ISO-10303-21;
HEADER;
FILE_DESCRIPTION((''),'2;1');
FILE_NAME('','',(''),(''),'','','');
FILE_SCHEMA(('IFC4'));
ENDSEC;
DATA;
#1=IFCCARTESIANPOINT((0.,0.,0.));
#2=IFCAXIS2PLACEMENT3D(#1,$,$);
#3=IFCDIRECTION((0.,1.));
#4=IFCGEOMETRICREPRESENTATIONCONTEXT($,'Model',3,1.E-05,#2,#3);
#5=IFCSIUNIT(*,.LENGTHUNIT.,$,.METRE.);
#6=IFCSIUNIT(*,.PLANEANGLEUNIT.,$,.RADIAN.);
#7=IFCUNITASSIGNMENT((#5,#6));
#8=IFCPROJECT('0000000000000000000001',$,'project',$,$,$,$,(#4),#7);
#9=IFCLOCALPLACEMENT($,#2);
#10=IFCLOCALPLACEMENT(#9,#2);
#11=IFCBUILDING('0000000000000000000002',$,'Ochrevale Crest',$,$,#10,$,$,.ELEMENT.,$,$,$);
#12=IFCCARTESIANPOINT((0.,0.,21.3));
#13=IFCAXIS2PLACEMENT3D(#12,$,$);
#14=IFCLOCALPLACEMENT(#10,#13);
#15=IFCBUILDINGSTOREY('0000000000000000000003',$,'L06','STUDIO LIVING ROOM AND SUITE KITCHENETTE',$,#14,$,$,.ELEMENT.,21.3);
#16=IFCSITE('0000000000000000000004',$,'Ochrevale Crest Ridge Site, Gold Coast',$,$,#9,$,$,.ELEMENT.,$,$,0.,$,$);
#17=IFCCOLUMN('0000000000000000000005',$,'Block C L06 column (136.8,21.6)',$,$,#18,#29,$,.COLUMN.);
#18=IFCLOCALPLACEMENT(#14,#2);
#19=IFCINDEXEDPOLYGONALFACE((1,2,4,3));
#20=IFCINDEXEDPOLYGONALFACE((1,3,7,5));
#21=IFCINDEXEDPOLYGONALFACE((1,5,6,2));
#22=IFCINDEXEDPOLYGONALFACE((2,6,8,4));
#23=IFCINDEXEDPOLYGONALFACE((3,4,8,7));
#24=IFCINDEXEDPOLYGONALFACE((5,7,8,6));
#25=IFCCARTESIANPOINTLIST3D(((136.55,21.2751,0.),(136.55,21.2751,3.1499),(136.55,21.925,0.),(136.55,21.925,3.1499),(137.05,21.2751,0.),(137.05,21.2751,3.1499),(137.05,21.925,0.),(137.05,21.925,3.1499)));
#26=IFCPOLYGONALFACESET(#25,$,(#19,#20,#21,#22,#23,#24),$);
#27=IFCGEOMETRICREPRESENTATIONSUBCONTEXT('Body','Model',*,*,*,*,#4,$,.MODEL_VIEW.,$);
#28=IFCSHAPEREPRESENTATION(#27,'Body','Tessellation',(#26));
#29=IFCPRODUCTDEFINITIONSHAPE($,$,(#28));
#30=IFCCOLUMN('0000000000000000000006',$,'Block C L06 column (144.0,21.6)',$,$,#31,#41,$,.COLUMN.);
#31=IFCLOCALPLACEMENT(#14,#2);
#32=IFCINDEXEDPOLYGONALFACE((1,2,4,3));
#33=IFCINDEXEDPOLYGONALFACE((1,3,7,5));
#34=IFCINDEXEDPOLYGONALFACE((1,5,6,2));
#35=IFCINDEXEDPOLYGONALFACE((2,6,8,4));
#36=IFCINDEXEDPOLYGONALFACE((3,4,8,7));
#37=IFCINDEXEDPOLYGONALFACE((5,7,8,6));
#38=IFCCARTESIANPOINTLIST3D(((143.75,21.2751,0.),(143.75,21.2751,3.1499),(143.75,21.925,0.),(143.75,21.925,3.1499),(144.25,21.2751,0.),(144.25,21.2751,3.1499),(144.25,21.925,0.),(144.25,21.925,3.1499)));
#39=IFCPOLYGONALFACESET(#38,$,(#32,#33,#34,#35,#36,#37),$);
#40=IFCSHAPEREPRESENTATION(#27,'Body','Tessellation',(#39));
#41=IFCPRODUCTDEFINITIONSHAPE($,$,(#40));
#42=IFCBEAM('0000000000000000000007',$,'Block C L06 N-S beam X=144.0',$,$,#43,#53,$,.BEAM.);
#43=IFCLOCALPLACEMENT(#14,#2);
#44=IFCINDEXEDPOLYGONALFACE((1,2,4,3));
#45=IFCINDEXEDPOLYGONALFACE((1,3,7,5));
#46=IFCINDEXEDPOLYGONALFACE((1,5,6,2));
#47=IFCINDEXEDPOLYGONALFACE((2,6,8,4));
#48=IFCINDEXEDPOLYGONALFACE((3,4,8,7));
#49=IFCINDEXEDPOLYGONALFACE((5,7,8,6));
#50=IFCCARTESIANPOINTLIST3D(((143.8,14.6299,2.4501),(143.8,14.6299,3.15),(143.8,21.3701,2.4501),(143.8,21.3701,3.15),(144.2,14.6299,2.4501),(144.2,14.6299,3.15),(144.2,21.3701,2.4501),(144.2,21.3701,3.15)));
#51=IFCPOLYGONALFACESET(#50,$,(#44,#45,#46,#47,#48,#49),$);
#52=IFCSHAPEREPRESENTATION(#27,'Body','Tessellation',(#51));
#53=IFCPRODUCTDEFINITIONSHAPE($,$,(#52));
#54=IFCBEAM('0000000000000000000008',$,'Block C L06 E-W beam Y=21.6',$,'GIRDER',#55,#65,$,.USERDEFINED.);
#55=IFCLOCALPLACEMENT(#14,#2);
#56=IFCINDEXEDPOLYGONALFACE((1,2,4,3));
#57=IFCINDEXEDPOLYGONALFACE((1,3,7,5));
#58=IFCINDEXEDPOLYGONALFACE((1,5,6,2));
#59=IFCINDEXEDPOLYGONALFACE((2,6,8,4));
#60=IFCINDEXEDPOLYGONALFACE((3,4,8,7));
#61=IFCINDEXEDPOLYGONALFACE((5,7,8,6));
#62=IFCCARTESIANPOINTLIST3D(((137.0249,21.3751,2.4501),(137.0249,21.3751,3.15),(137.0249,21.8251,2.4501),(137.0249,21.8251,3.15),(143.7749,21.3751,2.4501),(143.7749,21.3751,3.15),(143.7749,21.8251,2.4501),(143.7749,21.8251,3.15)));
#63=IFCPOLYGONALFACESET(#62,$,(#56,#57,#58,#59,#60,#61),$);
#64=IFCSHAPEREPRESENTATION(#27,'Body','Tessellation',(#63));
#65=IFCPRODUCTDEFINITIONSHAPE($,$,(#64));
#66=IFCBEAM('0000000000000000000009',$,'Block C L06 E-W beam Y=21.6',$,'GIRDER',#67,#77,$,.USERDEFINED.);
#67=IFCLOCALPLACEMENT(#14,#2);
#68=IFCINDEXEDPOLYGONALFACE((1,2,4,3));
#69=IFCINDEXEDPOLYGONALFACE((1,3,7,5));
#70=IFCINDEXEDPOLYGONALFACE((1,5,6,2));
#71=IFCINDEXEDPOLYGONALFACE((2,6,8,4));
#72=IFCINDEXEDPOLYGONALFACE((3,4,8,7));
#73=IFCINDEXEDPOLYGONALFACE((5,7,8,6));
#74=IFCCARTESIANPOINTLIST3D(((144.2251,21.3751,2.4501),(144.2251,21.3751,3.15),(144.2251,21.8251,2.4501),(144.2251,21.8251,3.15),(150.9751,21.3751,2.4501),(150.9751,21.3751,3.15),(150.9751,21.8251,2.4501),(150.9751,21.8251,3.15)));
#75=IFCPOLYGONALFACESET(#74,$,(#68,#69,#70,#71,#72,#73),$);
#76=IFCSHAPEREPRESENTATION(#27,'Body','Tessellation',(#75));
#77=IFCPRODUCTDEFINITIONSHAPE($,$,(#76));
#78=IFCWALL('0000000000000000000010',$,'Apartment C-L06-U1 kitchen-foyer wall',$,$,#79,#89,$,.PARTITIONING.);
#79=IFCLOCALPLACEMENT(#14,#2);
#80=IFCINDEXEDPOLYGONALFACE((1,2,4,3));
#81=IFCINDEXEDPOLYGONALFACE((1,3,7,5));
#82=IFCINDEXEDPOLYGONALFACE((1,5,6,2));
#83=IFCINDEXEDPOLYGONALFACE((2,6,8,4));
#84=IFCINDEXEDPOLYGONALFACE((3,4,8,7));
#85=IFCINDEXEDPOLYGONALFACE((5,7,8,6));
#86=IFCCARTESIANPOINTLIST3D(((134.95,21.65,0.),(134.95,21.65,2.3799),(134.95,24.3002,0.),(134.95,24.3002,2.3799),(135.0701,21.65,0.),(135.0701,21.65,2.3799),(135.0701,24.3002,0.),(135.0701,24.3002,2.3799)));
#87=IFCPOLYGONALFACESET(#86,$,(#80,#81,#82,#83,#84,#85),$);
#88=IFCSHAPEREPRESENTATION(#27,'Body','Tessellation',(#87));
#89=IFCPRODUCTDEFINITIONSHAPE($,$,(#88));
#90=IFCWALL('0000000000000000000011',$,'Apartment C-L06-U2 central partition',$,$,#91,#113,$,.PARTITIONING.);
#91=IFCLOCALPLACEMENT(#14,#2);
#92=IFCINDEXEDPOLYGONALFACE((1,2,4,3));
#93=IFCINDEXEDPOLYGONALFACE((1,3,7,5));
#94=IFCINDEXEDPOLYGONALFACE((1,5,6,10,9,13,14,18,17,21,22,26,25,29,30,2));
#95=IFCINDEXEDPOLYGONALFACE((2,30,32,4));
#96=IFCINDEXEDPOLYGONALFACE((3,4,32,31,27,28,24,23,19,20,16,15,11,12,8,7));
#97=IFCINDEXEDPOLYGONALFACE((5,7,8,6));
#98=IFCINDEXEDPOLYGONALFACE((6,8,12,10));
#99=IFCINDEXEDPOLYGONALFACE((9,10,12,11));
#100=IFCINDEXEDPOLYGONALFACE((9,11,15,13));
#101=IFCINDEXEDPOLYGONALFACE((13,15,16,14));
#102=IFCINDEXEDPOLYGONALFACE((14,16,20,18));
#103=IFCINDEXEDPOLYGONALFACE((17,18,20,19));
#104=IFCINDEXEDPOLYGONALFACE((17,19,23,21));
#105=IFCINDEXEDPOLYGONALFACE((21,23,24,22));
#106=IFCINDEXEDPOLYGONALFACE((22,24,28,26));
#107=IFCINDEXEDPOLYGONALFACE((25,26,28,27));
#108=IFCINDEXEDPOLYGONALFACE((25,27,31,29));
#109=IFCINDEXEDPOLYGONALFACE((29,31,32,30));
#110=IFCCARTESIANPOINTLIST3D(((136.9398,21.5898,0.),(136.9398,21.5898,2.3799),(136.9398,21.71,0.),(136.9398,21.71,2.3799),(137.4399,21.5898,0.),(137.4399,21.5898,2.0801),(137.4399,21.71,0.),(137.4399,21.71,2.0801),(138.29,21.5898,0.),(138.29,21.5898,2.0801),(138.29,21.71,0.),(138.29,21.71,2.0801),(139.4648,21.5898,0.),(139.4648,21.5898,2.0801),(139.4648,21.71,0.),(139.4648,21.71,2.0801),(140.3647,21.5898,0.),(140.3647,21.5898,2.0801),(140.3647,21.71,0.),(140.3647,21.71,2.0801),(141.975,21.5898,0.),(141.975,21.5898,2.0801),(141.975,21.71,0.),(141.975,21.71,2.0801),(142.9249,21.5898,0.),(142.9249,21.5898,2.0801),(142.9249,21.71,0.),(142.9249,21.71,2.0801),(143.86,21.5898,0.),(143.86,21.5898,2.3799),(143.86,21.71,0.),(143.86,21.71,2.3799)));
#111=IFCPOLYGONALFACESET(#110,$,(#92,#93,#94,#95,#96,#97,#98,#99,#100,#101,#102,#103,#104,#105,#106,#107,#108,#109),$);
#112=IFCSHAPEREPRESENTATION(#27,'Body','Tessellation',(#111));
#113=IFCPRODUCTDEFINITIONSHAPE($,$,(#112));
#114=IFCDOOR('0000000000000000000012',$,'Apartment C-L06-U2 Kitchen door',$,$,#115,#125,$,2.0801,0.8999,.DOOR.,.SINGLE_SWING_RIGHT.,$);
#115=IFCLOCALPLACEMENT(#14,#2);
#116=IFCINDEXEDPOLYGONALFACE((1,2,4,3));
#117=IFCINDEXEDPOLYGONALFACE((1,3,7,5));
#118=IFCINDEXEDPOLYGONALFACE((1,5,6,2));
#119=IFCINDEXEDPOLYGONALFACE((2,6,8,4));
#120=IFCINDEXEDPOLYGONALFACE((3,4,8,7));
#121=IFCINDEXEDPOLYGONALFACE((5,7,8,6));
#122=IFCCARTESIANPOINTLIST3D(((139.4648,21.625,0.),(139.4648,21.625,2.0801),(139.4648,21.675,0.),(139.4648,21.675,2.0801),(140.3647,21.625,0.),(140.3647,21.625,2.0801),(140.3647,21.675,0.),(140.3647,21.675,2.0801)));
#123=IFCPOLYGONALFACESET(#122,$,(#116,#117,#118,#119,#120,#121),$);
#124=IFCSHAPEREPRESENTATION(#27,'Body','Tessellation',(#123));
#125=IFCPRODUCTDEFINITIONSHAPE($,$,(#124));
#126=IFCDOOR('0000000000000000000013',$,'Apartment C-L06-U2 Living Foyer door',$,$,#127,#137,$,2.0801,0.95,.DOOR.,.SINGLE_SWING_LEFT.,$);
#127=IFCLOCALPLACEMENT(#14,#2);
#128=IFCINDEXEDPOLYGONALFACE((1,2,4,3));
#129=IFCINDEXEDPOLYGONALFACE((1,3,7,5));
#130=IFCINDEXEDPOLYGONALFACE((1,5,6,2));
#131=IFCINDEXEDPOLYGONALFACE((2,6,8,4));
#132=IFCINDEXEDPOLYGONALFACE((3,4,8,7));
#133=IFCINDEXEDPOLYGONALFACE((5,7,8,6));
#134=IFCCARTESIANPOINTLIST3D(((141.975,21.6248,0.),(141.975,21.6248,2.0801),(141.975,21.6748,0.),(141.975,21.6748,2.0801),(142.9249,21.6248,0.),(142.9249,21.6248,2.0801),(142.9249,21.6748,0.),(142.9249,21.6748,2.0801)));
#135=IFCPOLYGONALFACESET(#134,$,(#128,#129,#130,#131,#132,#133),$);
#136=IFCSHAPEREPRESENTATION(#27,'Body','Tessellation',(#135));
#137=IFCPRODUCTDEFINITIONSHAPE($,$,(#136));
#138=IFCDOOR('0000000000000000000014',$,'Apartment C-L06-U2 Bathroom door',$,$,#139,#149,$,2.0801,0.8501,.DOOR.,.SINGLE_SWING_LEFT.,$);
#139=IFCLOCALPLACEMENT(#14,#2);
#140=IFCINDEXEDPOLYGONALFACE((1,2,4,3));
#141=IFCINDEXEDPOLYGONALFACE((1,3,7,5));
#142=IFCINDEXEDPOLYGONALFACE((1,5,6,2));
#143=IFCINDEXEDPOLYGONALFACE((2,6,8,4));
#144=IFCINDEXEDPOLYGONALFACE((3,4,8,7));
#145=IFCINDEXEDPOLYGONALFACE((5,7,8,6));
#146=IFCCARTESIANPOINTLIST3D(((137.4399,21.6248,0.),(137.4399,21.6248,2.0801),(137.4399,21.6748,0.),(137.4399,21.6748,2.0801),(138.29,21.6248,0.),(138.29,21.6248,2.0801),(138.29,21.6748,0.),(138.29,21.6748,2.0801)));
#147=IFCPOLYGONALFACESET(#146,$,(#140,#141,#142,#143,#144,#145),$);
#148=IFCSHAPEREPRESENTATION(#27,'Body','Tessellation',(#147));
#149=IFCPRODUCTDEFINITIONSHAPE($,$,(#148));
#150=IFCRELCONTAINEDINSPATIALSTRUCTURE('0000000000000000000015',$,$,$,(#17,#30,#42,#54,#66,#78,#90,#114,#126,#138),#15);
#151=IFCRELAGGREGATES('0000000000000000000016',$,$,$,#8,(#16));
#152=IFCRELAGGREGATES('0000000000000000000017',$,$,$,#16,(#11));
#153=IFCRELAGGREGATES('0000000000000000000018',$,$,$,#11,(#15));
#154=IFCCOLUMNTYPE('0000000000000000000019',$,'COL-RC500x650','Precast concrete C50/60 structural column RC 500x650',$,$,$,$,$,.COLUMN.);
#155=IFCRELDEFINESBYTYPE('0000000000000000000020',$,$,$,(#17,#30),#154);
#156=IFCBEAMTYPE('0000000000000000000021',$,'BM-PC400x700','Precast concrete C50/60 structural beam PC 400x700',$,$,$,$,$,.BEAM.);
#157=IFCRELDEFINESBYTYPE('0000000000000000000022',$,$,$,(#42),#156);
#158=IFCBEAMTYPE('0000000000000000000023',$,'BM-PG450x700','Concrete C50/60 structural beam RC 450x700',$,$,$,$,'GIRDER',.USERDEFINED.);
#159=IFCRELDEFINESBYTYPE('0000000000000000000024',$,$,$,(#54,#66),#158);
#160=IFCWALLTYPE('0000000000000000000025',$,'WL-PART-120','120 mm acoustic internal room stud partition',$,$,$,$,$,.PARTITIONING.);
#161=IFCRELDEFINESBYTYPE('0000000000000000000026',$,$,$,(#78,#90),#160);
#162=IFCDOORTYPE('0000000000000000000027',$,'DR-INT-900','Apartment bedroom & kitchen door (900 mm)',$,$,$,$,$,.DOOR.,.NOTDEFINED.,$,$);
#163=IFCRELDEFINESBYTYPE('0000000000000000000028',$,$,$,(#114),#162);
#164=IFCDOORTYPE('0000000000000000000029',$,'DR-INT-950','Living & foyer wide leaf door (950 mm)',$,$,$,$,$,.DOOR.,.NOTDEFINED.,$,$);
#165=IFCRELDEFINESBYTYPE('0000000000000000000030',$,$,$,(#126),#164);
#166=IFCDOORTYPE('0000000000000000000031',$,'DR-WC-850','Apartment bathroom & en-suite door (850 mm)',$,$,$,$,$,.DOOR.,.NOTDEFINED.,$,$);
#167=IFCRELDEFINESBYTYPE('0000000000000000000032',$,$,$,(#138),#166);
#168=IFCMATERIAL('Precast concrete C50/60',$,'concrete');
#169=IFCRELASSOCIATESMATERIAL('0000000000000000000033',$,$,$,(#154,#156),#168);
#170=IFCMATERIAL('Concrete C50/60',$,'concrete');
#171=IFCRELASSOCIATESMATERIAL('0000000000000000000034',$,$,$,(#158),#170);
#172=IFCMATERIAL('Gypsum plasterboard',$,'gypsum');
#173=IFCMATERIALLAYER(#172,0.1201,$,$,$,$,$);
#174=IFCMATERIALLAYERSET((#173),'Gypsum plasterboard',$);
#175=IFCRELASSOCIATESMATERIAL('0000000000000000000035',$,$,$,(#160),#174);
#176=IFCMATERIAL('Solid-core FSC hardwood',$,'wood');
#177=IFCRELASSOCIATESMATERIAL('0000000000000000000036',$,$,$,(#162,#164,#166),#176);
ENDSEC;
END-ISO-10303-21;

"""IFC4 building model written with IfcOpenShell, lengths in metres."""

from ifc_helpers import new_model, si_unit, direction, frame, frame_2d, origin, origin_2d, place, context, subcontext, project, spatial, rectangle, extrude, material, layer, layer_set, material_profile, profile_set, type_object, element, fill, save


model = new_model("IFC4")

# Units and contexts
model_context = context("Model", 3, precision=1e-05, world=origin(), true_north=direction((0.0, 1.0)))
body_context = subcontext(model_context, "Body", "Model", "MODEL_VIEW")
ifc_project = project(units=[si_unit("LENGTHUNIT", "METRE"), si_unit("PLANEANGLEUNIT", "RADIAN")], contexts=[model_context])

# Site, building, storey
site_placement = place(None, origin())
site = spatial("IfcSite", under=ifc_project, at=site_placement, Name="Ochrevale Crest Ridge Site, Gold Coast", CompositionType="ELEMENT", RefElevation=0.0)
building_placement = place(site_placement, origin())
building = spatial("IfcBuilding", under=site, at=building_placement, Name="Ochrevale Crest", CompositionType="ELEMENT")
storey_placement = place(building_placement, frame((0.0, 0.0, 21.3)))
storey = spatial("IfcBuildingStorey", under=building, at=storey_placement, Name="L06", Description="STUDIO LIVING ROOM AND SUITE KITCHENETTE", CompositionType="ELEMENT", Elevation=21.3)

# Columns
ifc_material_1 = material(Name="Precast concrete C50/60", Category="concrete")
ifc_material_profile_1 = material_profile(ifc_material_1, rectangle(XDim=0.5, YDim=0.6499, at=origin_2d()), Name="RC 500x650")
ifc_profile_set_1 = profile_set([ifc_material_profile_1], Name="Precast concrete C50/60")
column_type = type_object("IfcColumnType", Name="COL-RC500x650", Description="Precast concrete C50/60 structural column RC 500x650", PredefinedType="COLUMN", material=ifc_profile_set_1)
for number, where, z_axis, x_axis, name in (
    (1, (136.8, 21.6001, 0.0), (0.0, 0.0, 1.0), (1.0, 0.0, 0.0), "Block C L06 column (136.8,21.6)"),
    (2, (144.0, 21.6001, 0.0), (0.0, 0.0, 1.0), (1.0, 0.0, 0.0), "Block C L06 column (144.0,21.6)"),
):
    element("IfcColumn", number, at=place(storey_placement, frame(where, z_axis=z_axis, x_axis=x_axis)), inside=storey, type_object=column_type, Name=name, PredefinedType="COLUMN", context=body_context, shape_type="SweptSolid", body=[
        extrude(rectangle(XDim=0.5, YDim=0.6499, at=origin_2d()), origin(), (0.0, 0.0, 1.0), 3.1499),
    ])

# Beams
ifc_material_profile_2 = material_profile(ifc_material_1, rectangle(XDim=0.3999, YDim=0.7, at=origin_2d()), Name="PC 400x700")
ifc_profile_set_2 = profile_set([ifc_material_profile_2], Name="Precast concrete C50/60")
beam_type_1 = type_object("IfcBeamType", Name="BM-PC400x700", Description="Precast concrete C50/60 structural beam PC 400x700", PredefinedType="BEAM", material=ifc_profile_set_2)
beam_placement = place(storey_placement, frame((144.0, 14.6299, 2.8), z_axis=(0.0, 1.0, 0.0), x_axis=(-1.0, 0.0, 0.0)))
element("IfcBeam", 3, at=beam_placement, inside=storey, type_object=beam_type_1, Name="Block C L06 N-S beam X=144.0", PredefinedType="BEAM", context=body_context, shape_type="SweptSolid", body=[
    extrude(rectangle(XDim=0.3999, YDim=0.7, at=origin_2d()), origin(), (0.0, 0.0, 1.0), 6.7402),
])
ifc_material_2 = material(Name="Concrete C50/60", Category="concrete")
ifc_material_profile_3 = material_profile(ifc_material_2, rectangle(XDim=0.45, YDim=0.7, at=origin_2d()), Name="RC 450x700")
ifc_profile_set_3 = profile_set([ifc_material_profile_3], Name="Concrete C50/60")
beam_type_2 = type_object("IfcBeamType", Name="BM-PG450x700", Description="Concrete C50/60 structural beam RC 450x700", ElementType="GIRDER", PredefinedType="USERDEFINED", material=ifc_profile_set_3)
for number, where, z_axis, x_axis, name in (
    (4, (137.0249, 21.6001, 2.8), (1.0, 0.0, 0.0), (0.0, 1.0, 0.0), "Block C L06 E-W beam Y=21.6"),
    (5, (144.2251, 21.6001, 2.8), (1.0, 0.0, 0.0), (0.0, 1.0, 0.0), "Block C L06 E-W beam Y=21.6"),
):
    element("IfcBeam", number, at=place(storey_placement, frame(where, z_axis=z_axis, x_axis=x_axis)), inside=storey, type_object=beam_type_2, Name=name, ObjectType="GIRDER", PredefinedType="USERDEFINED", context=body_context, shape_type="SweptSolid", body=[
        extrude(rectangle(XDim=0.45, YDim=0.7, at=origin_2d()), origin(), (0.0, 0.0, 1.0), 6.75),
    ])

# Wall
ifc_material_3 = material(Name="Gypsum plasterboard", Category="gypsum")
ifc_layer_1 = layer(ifc_material_3, 0.1201)
ifc_layer_set_1 = layer_set([ifc_layer_1], Name="Gypsum plasterboard")
wall_type_1 = type_object("IfcWallType", Name="WL-PART-120", Description="120 mm acoustic internal room stud partition", PredefinedType="PARTITIONING", material=ifc_layer_set_1)
wall_1_placement = place(storey_placement, frame((135.01, 21.6499, 0.0), z_axis=(0.0, 0.0, 1.0), x_axis=(0.0, 1.0, 0.0)))
element("IfcWall", 6, at=wall_1_placement, inside=storey, type_object=wall_type_1, Name="Apartment C-L06-U1 kitchen-foyer wall", PredefinedType="PARTITIONING", context=body_context, shape_type="SweptSolid", body=[
    extrude(rectangle(XDim=2.6501, YDim=0.1201, at=frame_2d((1.3252, 0.0))), origin(), (0.0, 0.0, 1.0), 2.3799),
])

# Wall, openings, doors
wall_2_placement = place(storey_placement, frame((136.9399, 21.6499, 0.0), z_axis=(0.0, 0.0, 1.0), x_axis=(1.0, 0.0, 0.0)))
wall_2 = element("IfcWall", 7, at=wall_2_placement, inside=storey, type_object=wall_type_1, Name="Apartment C-L06-U2 central partition", PredefinedType="PARTITIONING", context=body_context, shape_type="SweptSolid", body=[
    extrude(rectangle(XDim=6.9202, YDim=0.1201, at=frame_2d((3.46, 0.0))), origin(), (0.0, 0.0, 1.0), 2.3799),
])
opening_1_placement = place(wall_2_placement, frame((0.5, 0.0, 0.0)))
opening_1 = element("IfcOpeningElement", 8, at=opening_1_placement, cuts=wall_2, PredefinedType="OPENING", context=body_context, shape_type="SweptSolid", body=[
    extrude(rectangle(XDim=0.8501, YDim=2.0801, at=frame_2d((0.425, 1.04))), frame((0.0, 0.0701, 0.0), z_axis=(0.0, -1.0, 0.0), x_axis=(1.0, 0.0, 0.0)), (0.0, 0.0, 1.0), 0.1401),
])
opening_2_placement = place(wall_2_placement, frame((3.4248, 0.0, 0.0), z_axis=(0.0, 0.0, 1.0), x_axis=(-1.0, 0.0, 0.0)))
opening_2 = element("IfcOpeningElement", 9, at=opening_2_placement, cuts=wall_2, PredefinedType="OPENING", context=body_context, shape_type="SweptSolid", body=[
    extrude(rectangle(XDim=0.8999, YDim=2.0801, at=frame_2d((0.45, 1.04))), frame((0.0, 0.0701, 0.0), z_axis=(0.0, -1.0, 0.0), x_axis=(1.0, 0.0, 0.0)), (0.0, 0.0, 1.0), 0.1401),
])
opening_3_placement = place(wall_2_placement, frame((5.0349, 0.0, 0.0)))
opening_3 = element("IfcOpeningElement", 10, at=opening_3_placement, cuts=wall_2, PredefinedType="OPENING", context=body_context, shape_type="SweptSolid", body=[
    extrude(rectangle(XDim=0.95, YDim=2.0801, at=frame_2d((0.4751, 1.04))), frame((0.0, 0.0701, 0.0), z_axis=(0.0, -1.0, 0.0), x_axis=(1.0, 0.0, 0.0)), (0.0, 0.0, 1.0), 0.1401),
])
ifc_material_4 = material(Name="Solid-core FSC hardwood", Category="wood")
door_type_1 = type_object("IfcDoorType", Name="DR-INT-900", Description="Apartment bedroom & kitchen door (900 mm)", OperationType="NOTDEFINED", PredefinedType="DOOR", material=ifc_material_4)
door_1_placement = place(opening_2_placement, origin())
door_1 = element("IfcDoor", 11, at=door_1_placement, inside=storey, type_object=door_type_1, Name="Apartment C-L06-U2 Kitchen door", OperationType="SINGLE_SWING_RIGHT", OverallHeight=2.0801, OverallWidth=0.8999, PredefinedType="DOOR", context=body_context, shape_type="SweptSolid", body=[
    extrude(rectangle(XDim=0.8999, YDim=2.0801, at=frame_2d((0.45, 1.04))), frame((0.0, 0.0249, 0.0), z_axis=(0.0, -1.0, 0.0), x_axis=(1.0, 0.0, 0.0)), (0.0, 0.0, 1.0), 0.05),
])
fill(opening_2, door_1)
door_type_2 = type_object("IfcDoorType", Name="DR-INT-950", Description="Living & foyer wide leaf door (950 mm)", OperationType="NOTDEFINED", PredefinedType="DOOR", material=ifc_material_4)
door_2_placement = place(opening_3_placement, origin())
door_2 = element("IfcDoor", 12, at=door_2_placement, inside=storey, type_object=door_type_2, Name="Apartment C-L06-U2 Living Foyer door", OperationType="SINGLE_SWING_LEFT", OverallHeight=2.0801, OverallWidth=0.95, PredefinedType="DOOR", context=body_context, shape_type="SweptSolid", body=[
    extrude(rectangle(XDim=0.95, YDim=2.0801, at=frame_2d((0.4751, 1.04))), frame((0.0, 0.0249, 0.0), z_axis=(0.0, -1.0, 0.0), x_axis=(1.0, 0.0, 0.0)), (0.0, 0.0, 1.0), 0.05),
])
fill(opening_3, door_2)
door_type_3 = type_object("IfcDoorType", Name="DR-WC-850", Description="Apartment bathroom & en-suite door (850 mm)", OperationType="NOTDEFINED", PredefinedType="DOOR", material=ifc_material_4)
door_3_placement = place(opening_1_placement, origin())
door_3 = element("IfcDoor", 13, at=door_3_placement, inside=storey, type_object=door_type_3, Name="Apartment C-L06-U2 Bathroom door", OperationType="SINGLE_SWING_LEFT", OverallHeight=2.0801, OverallWidth=0.8501, PredefinedType="DOOR", context=body_context, shape_type="SweptSolid", body=[
    extrude(rectangle(XDim=0.8501, YDim=2.0801, at=frame_2d((0.425, 1.04))), frame((0.0, 0.0249, 0.0), z_axis=(0.0, -1.0, 0.0), x_axis=(1.0, 0.0, 0.0)), (0.0, 0.0, 1.0), 0.05),
])
fill(opening_1, door_3)

save(model, "model.ifc")
